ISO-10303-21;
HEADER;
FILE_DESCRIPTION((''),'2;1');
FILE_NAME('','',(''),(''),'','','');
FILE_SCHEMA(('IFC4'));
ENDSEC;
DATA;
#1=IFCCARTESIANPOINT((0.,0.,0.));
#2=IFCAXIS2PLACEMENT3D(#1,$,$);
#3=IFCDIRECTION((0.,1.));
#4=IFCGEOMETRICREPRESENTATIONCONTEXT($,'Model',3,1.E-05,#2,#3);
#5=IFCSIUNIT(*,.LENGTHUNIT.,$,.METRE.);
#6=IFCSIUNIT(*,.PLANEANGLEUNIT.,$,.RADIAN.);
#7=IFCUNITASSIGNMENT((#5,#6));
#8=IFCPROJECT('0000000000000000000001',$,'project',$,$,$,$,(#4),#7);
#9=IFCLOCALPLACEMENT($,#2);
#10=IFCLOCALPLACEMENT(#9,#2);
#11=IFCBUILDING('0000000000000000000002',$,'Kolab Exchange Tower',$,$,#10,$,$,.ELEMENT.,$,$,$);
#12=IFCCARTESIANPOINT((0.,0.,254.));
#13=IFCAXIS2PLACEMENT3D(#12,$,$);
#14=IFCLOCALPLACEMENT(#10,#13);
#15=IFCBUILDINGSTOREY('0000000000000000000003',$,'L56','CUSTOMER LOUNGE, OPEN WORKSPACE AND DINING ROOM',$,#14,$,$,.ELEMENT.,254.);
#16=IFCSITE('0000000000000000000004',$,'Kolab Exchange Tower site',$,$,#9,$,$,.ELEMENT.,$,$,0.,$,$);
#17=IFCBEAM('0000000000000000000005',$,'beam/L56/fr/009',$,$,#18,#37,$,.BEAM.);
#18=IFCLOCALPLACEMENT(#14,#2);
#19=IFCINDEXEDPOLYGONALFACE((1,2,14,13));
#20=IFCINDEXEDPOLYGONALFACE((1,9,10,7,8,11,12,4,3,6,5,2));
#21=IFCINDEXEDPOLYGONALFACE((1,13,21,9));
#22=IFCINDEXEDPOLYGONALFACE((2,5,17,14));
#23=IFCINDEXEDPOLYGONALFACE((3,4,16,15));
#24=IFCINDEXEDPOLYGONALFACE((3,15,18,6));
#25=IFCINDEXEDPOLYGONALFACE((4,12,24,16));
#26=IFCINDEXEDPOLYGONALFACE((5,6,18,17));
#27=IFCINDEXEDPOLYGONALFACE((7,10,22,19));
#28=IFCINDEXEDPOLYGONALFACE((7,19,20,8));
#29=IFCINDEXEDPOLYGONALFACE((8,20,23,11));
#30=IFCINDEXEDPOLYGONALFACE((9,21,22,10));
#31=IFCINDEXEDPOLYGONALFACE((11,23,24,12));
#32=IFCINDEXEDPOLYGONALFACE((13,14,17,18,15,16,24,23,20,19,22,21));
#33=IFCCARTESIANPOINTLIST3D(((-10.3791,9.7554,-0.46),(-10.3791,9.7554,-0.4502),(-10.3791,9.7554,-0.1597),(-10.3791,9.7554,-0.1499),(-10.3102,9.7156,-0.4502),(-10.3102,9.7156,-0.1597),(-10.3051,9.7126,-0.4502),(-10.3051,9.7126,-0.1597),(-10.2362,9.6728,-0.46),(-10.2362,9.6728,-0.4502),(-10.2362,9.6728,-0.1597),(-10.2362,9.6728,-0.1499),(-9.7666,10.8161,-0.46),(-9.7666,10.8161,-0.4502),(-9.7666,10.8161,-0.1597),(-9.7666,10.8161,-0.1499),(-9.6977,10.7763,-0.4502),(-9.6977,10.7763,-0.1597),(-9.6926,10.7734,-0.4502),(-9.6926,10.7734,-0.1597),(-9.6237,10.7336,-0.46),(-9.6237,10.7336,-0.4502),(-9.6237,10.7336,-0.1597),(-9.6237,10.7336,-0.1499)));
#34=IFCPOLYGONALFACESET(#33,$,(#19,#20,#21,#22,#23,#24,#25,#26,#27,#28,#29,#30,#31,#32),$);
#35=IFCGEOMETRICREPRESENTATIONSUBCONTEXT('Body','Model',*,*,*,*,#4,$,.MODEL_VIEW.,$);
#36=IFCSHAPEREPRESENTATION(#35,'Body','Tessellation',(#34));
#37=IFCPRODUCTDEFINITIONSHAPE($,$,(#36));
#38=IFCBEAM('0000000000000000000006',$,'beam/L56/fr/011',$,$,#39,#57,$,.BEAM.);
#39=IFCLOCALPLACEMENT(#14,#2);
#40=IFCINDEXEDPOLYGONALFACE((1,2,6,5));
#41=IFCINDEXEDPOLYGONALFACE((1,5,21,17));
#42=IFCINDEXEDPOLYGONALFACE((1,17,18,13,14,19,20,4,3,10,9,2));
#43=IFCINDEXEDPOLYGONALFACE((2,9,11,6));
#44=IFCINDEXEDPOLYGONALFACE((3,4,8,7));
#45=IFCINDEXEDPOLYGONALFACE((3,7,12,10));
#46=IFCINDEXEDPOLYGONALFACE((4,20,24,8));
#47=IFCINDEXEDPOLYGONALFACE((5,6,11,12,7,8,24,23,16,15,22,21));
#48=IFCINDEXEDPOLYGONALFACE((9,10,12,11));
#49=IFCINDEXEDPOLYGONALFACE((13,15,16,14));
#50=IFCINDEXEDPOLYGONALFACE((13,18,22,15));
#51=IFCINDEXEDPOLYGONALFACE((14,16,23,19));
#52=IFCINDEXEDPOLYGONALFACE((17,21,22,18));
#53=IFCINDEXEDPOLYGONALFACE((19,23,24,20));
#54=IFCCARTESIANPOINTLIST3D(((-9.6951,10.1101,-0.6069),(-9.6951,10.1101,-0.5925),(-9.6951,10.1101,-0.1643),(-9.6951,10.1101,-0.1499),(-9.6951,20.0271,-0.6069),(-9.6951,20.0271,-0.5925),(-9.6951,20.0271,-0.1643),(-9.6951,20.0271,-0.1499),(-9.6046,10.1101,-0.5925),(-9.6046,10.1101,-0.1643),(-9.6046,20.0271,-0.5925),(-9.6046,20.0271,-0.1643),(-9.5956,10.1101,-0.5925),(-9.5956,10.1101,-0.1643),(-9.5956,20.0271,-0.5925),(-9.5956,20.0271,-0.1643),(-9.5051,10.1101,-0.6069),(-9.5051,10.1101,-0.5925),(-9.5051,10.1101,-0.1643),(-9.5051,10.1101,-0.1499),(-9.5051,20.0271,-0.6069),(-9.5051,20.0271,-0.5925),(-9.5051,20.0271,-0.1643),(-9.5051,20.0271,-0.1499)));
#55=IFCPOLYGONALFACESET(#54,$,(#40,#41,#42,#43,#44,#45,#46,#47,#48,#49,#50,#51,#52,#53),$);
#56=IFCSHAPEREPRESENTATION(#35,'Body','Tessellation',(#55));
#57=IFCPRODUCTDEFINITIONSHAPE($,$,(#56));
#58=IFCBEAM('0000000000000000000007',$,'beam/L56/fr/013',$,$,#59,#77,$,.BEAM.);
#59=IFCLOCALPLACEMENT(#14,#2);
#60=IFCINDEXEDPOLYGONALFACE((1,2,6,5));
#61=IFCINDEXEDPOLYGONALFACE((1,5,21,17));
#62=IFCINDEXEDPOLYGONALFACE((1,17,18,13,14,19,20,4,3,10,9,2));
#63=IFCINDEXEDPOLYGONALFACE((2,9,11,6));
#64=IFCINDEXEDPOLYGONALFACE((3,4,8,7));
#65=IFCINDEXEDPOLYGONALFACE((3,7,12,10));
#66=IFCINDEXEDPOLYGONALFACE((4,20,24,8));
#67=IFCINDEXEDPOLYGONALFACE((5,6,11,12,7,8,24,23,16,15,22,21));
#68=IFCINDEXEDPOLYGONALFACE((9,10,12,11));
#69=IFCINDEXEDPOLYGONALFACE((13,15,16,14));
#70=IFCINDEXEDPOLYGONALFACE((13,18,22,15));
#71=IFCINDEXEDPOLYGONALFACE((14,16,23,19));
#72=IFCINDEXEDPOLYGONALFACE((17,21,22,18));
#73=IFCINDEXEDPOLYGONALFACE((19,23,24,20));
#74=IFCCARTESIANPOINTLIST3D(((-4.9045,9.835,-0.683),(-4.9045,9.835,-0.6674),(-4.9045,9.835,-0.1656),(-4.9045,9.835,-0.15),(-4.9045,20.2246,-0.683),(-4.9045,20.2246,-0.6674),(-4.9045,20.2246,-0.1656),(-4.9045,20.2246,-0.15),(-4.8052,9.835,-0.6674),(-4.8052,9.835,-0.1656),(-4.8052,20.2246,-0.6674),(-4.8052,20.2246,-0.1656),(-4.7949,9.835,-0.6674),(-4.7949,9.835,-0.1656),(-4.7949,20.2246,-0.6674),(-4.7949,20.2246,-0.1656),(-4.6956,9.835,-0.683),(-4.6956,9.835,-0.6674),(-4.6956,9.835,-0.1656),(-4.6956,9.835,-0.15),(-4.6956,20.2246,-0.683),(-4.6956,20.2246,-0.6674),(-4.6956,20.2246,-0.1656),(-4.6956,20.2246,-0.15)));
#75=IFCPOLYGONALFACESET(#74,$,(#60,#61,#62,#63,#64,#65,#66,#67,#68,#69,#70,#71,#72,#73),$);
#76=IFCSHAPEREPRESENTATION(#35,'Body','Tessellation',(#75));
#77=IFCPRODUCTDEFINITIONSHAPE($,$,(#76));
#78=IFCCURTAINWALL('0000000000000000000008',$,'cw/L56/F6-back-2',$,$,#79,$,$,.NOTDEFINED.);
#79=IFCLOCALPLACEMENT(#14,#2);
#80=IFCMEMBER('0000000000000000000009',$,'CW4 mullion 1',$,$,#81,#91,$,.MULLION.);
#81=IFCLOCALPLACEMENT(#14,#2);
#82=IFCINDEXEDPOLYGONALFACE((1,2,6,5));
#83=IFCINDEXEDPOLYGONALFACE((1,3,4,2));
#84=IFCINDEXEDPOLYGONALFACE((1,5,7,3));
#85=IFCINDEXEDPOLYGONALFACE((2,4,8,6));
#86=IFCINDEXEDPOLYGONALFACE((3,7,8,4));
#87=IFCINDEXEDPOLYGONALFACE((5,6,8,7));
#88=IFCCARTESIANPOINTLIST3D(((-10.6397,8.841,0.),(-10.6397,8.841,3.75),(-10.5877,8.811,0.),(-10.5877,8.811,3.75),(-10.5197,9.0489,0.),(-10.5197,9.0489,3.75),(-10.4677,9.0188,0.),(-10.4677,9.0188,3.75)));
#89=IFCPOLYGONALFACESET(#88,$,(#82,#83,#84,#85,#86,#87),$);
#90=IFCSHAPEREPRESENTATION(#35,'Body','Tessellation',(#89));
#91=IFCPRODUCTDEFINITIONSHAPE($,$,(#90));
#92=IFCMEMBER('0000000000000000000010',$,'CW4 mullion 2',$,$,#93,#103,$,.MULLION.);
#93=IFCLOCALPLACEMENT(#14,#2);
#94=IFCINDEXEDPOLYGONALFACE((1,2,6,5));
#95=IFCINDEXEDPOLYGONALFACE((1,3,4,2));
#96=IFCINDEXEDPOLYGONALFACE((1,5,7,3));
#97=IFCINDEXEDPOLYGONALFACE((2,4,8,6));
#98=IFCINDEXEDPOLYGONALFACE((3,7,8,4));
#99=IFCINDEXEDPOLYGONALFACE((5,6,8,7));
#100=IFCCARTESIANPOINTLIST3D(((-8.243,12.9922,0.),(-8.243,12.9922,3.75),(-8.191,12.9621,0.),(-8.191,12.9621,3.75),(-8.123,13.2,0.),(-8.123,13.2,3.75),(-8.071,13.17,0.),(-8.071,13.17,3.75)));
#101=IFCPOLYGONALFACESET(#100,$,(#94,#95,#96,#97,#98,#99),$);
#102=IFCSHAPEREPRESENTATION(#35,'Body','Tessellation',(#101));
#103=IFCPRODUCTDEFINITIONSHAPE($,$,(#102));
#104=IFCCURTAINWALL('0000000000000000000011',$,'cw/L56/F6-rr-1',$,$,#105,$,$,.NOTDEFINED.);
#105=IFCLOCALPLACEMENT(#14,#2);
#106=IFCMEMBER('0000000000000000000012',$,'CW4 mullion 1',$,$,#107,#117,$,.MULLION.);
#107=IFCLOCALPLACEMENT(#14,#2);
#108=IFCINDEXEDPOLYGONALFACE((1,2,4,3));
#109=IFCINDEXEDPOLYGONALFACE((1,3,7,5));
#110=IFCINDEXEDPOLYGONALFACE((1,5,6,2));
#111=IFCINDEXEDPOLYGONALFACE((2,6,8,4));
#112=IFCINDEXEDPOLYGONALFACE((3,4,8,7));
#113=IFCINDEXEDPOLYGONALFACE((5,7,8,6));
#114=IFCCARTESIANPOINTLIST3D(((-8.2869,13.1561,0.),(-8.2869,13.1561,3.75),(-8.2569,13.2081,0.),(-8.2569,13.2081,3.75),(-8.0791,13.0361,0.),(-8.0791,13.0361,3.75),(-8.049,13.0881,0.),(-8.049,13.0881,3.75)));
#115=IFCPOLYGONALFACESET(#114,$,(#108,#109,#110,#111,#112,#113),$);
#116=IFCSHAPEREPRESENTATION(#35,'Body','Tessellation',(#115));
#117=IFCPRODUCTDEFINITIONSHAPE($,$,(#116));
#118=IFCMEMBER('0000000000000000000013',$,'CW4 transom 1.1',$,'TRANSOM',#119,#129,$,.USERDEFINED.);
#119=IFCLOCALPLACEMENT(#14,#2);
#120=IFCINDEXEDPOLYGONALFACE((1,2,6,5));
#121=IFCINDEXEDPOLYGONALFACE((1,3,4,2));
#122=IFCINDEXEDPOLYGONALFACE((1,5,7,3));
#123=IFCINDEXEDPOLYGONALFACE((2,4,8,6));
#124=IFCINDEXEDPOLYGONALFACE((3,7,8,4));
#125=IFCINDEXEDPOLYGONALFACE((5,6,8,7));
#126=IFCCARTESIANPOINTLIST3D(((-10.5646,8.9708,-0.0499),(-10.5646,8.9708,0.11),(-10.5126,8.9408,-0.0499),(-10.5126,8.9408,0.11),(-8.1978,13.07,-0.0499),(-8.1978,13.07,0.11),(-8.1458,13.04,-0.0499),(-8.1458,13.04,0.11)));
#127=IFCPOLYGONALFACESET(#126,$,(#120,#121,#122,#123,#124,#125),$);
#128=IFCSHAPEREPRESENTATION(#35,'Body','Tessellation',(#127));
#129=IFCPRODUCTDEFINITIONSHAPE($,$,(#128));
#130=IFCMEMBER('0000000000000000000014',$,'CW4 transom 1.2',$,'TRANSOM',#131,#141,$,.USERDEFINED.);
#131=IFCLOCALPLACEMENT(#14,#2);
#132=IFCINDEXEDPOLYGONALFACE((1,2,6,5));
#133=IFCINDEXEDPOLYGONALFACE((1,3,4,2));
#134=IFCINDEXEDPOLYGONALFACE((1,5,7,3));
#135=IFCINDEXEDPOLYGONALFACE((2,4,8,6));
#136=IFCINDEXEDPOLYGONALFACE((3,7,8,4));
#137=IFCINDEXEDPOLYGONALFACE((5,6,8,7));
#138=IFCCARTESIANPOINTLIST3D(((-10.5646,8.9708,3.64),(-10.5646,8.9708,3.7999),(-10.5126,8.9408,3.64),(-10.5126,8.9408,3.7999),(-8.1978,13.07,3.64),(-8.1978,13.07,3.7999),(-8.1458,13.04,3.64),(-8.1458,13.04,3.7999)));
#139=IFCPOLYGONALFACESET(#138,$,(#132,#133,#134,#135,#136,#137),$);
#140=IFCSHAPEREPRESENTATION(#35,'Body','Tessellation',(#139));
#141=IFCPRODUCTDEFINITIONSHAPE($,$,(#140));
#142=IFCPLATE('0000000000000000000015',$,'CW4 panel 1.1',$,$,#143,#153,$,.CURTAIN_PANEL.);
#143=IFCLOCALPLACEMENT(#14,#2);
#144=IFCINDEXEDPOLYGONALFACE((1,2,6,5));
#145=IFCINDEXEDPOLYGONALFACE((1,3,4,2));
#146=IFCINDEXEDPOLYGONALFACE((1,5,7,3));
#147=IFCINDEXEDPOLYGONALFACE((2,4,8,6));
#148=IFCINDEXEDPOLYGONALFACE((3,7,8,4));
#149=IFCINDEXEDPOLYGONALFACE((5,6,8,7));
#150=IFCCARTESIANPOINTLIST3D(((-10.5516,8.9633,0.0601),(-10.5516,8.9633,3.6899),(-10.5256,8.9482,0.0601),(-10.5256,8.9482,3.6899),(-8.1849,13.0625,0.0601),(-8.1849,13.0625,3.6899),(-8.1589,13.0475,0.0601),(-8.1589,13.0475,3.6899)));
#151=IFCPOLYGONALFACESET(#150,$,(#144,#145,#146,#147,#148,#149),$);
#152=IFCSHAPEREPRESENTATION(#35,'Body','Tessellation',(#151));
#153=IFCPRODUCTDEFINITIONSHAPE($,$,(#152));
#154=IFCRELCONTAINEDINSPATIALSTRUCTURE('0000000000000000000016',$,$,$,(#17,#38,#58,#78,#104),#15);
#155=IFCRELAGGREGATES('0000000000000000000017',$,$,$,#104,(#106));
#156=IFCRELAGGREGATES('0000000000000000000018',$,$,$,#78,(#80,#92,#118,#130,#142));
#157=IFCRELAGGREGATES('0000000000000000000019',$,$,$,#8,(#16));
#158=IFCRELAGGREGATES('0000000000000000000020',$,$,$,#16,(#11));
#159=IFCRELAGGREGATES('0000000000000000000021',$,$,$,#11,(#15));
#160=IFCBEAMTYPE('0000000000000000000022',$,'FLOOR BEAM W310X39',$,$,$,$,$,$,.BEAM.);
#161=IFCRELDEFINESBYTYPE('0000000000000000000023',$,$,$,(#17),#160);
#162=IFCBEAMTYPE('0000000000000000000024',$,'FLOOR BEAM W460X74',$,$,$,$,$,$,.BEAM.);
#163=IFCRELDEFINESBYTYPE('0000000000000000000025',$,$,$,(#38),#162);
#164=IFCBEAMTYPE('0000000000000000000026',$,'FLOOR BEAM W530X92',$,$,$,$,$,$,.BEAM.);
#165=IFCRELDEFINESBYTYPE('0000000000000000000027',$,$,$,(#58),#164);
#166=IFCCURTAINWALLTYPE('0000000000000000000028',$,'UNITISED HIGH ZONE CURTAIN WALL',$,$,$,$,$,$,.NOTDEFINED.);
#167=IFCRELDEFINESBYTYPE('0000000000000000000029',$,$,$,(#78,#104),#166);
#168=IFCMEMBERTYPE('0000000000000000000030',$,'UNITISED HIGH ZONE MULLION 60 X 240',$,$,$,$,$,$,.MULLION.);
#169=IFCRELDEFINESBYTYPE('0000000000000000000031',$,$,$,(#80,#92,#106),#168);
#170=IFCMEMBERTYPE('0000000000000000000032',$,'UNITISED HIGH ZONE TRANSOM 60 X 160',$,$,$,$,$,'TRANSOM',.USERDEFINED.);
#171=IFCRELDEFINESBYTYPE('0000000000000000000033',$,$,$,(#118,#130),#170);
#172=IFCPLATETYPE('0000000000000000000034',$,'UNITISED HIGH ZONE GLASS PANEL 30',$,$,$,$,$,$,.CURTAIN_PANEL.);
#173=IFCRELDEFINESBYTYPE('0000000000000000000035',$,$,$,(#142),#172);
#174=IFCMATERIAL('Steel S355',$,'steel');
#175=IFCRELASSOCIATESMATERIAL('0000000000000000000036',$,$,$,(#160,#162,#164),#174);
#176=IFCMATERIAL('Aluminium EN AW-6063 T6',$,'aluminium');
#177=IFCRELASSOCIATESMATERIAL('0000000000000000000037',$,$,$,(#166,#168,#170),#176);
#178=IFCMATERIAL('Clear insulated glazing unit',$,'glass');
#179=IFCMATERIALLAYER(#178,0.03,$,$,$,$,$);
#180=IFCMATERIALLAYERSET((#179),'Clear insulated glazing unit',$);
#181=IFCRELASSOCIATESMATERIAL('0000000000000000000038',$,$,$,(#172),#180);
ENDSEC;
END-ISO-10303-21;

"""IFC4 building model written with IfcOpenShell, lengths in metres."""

from ifc_helpers import new_model, si_unit, direction, frame, origin, origin_2d, place, context, subcontext, project, spatial, rectangle, i_section, extrude, material, layer, layer_set, material_profile, profile_set, type_object, element, aggregate, save


model = new_model("IFC4")

# Units and contexts
model_context = context("Model", 3, precision=1e-05, world=origin(), true_north=direction((0.0, 1.0)))
body_context = subcontext(model_context, "Body", "Model", "MODEL_VIEW")
ifc_project = project(units=[si_unit("LENGTHUNIT", "METRE"), si_unit("PLANEANGLEUNIT", "RADIAN")], contexts=[model_context])

# Site, building, storey
site_placement = place(None, origin())
site = spatial("IfcSite", under=ifc_project, at=site_placement, Name="Kolab Exchange Tower site", CompositionType="ELEMENT", RefElevation=0.0)
building_placement = place(site_placement, origin())
building = spatial("IfcBuilding", under=site, at=building_placement, Name="Kolab Exchange Tower", CompositionType="ELEMENT")
storey_placement = place(building_placement, frame((0.0, 0.0, 254.0)))
storey = spatial("IfcBuildingStorey", under=building, at=storey_placement, Name="L56", Description="CUSTOMER LOUNGE, OPEN WORKSPACE AND DINING ROOM", CompositionType="ELEMENT", Elevation=254.0)

# Beams
ifc_material_1 = material(Name="Steel S355", Category="steel")
ifc_material_profile_1 = material_profile(ifc_material_1, i_section(OverallWidth=0.165, OverallDepth=0.3101, WebThickness=0.0059, FlangeThickness=0.0098, at=origin_2d()), Name="W310X39")
ifc_profile_set_1 = profile_set([ifc_material_profile_1], Name="Steel S355")
beam_type_1 = type_object("IfcBeamType", Name="FLOOR BEAM W310X39", PredefinedType="BEAM", material=ifc_profile_set_1)
beam_1_placement = place(storey_placement, frame((-10.3076, 9.7141, -0.3049), z_axis=(0.500062, 0.86599, 0.0), x_axis=(-0.86599, 0.500062, 0.0)))
element("IfcBeam", 1, at=beam_1_placement, inside=storey, type_object=beam_type_1, Name="beam/L56/fr/009", PredefinedType="BEAM", context=body_context, shape_type="SweptSolid", body=[
    extrude(i_section(OverallWidth=0.165, OverallDepth=0.3101, WebThickness=0.0059, FlangeThickness=0.0098, at=origin_2d()), origin(), (0.0, 0.0, 1.0), 1.2249),
])
ifc_material_profile_2 = material_profile(ifc_material_1, i_section(OverallWidth=0.1899, OverallDepth=0.457, WebThickness=0.009, FlangeThickness=0.0144, at=origin_2d()), Name="W460X74")
ifc_profile_set_2 = profile_set([ifc_material_profile_2], Name="Steel S355")
beam_type_2 = type_object("IfcBeamType", Name="FLOOR BEAM W460X74", PredefinedType="BEAM", material=ifc_profile_set_2)
beam_2_placement = place(storey_placement, frame((-9.6001, 10.1101, -0.3784), z_axis=(0.0, 1.0, 0.0), x_axis=(-1.0, 0.0, 0.0)))
element("IfcBeam", 2, at=beam_2_placement, inside=storey, type_object=beam_type_2, Name="beam/L56/fr/011", PredefinedType="BEAM", context=body_context, shape_type="SweptSolid", body=[
    extrude(i_section(OverallWidth=0.1899, OverallDepth=0.457, WebThickness=0.009, FlangeThickness=0.0144, at=origin_2d()), origin(), (0.0, 0.0, 1.0), 9.917),
])
ifc_material_profile_3 = material_profile(ifc_material_1, i_section(OverallWidth=0.209, OverallDepth=0.533, WebThickness=0.0103, FlangeThickness=0.0156, at=origin_2d()), Name="W530X92")
ifc_profile_set_3 = profile_set([ifc_material_profile_3], Name="Steel S355")
beam_type_3 = type_object("IfcBeamType", Name="FLOOR BEAM W530X92", PredefinedType="BEAM", material=ifc_profile_set_3)
beam_3_placement = place(storey_placement, frame((-4.8, 9.835, -0.4165), z_axis=(0.0, 1.0, 0.0), x_axis=(-1.0, 0.0, 0.0)))
element("IfcBeam", 3, at=beam_3_placement, inside=storey, type_object=beam_type_3, Name="beam/L56/fr/013", PredefinedType="BEAM", context=body_context, shape_type="SweptSolid", body=[
    extrude(i_section(OverallWidth=0.209, OverallDepth=0.533, WebThickness=0.0103, FlangeThickness=0.0156, at=origin_2d()), origin(), (0.0, 0.0, 1.0), 10.3896),
])

# Curtain wall, members
ifc_material_2 = material(Name="Aluminium EN AW-6063 T6", Category="aluminium")
curtain_wall_type = type_object("IfcCurtainWallType", Name="UNITISED HIGH ZONE CURTAIN WALL", PredefinedType="NOTDEFINED", material=ifc_material_2)
curtain_wall_1_placement = place(storey_placement, origin())
curtain_wall_1 = element("IfcCurtainWall", 4, at=curtain_wall_1_placement, inside=storey, type_object=curtain_wall_type, Name="cw/L56/F6-back-2", PredefinedType="NOTDEFINED")
ifc_material_profile_4 = material_profile(ifc_material_2, rectangle(XDim=0.0601, YDim=0.24, at=origin_2d()), Name="RECT 60X240")
ifc_profile_set_4 = profile_set([ifc_material_profile_4], Name="Aluminium EN AW-6063 T6")
member_type_1 = type_object("IfcMemberType", Name="UNITISED HIGH ZONE MULLION 60 X 240", PredefinedType="MULLION", material=ifc_profile_set_4)
member_1_placement = place(storey_placement, frame((-10.5537, 8.9299, 0.0), z_axis=(0.0, 0.0, 1.0), x_axis=(-0.866025, 0.5, 0.0)))
member_1 = element("IfcMember", 5, at=member_1_placement, type_object=member_type_1, Name="CW4 mullion 1", PredefinedType="MULLION", context=body_context, shape_type="SweptSolid", body=[
    extrude(rectangle(XDim=0.0601, YDim=0.24, at=origin_2d()), origin(), (0.0, 0.0, 1.0), 3.75),
])
member_2_placement = place(storey_placement, frame((-8.157, 13.0811, 0.0), z_axis=(0.0, 0.0, 1.0), x_axis=(-0.866025, 0.5, 0.0)))
member_2 = element("IfcMember", 6, at=member_2_placement, type_object=member_type_1, Name="CW4 mullion 2", PredefinedType="MULLION", context=body_context, shape_type="SweptSolid", body=[
    extrude(rectangle(XDim=0.0601, YDim=0.24, at=origin_2d()), origin(), (0.0, 0.0, 1.0), 3.75),
])

# Curtain wall, member
curtain_wall_2_placement = place(storey_placement, origin())
curtain_wall_2 = element("IfcCurtainWall", 7, at=curtain_wall_2_placement, inside=storey, type_object=curtain_wall_type, Name="cw/L56/F6-rr-1", PredefinedType="NOTDEFINED")
member_3_placement = place(storey_placement, frame((-8.168, 13.1221, 0.0), z_axis=(0.0, 0.0, 1.0), x_axis=(-0.5, -0.866025, 0.0)))
member_3 = element("IfcMember", 8, at=member_3_placement, type_object=member_type_1, Name="CW4 mullion 1", PredefinedType="MULLION", context=body_context, shape_type="SweptSolid", body=[
    extrude(rectangle(XDim=0.0601, YDim=0.24, at=origin_2d()), origin(), (0.0, 0.0, 1.0), 3.75),
])
aggregate(curtain_wall_2, [member_3])

# Members
ifc_material_profile_5 = material_profile(ifc_material_2, rectangle(XDim=0.0601, YDim=0.1599, at=origin_2d()), Name="RECT 60X160")
ifc_profile_set_5 = profile_set([ifc_material_profile_5], Name="Aluminium EN AW-6063 T6")
member_type_2 = type_object("IfcMemberType", Name="UNITISED HIGH ZONE TRANSOM 60 X 160", ElementType="TRANSOM", PredefinedType="USERDEFINED", material=ifc_profile_set_5)
member_4_placement = place(storey_placement, frame((-10.5386, 8.9558, 0.03), z_axis=(0.500011, 0.866019, 0.0), x_axis=(-0.866019, 0.500011, 0.0)))
member_4 = element("IfcMember", 9, at=member_4_placement, type_object=member_type_2, Name="CW4 transom 1.1", ObjectType="TRANSOM", PredefinedType="USERDEFINED", context=body_context, shape_type="SweptSolid", body=[
    extrude(rectangle(XDim=0.0601, YDim=0.1599, at=origin_2d()), origin(), (0.0, 0.0, 1.0), 4.7334),
])
member_5_placement = place(storey_placement, frame((-10.5386, 8.9558, 3.72), z_axis=(0.500011, 0.866019, 0.0), x_axis=(-0.866019, 0.500011, 0.0)))
member_5 = element("IfcMember", 10, at=member_5_placement, type_object=member_type_2, Name="CW4 transom 1.2", ObjectType="TRANSOM", PredefinedType="USERDEFINED", context=body_context, shape_type="SweptSolid", body=[
    extrude(rectangle(XDim=0.0601, YDim=0.1599, at=origin_2d()), origin(), (0.0, 0.0, 1.0), 4.7334),
])

# Plate
ifc_material_3 = material(Name="Clear insulated glazing unit", Category="glass")
ifc_layer_1 = layer(ifc_material_3, 0.03)
ifc_layer_set_1 = layer_set([ifc_layer_1], Name="Clear insulated glazing unit")
plate_type = type_object("IfcPlateType", Name="UNITISED HIGH ZONE GLASS PANEL 30", PredefinedType="CURTAIN_PANEL", material=ifc_layer_set_1)
plate_placement = place(storey_placement, frame((-9.3552, 11.0054, 0.0601), z_axis=(0.0, 0.0, 1.0), x_axis=(0.5, 0.866025, 0.0)))
plate = element("IfcPlate", 11, at=plate_placement, type_object=plate_type, Name="CW4 panel 1.1", PredefinedType="CURTAIN_PANEL", context=body_context, shape_type="SweptSolid", body=[
    extrude(rectangle(XDim=4.7334, YDim=0.03, at=origin_2d()), origin(), (0.0, 0.0, 1.0), 3.6299),
])
aggregate(curtain_wall_1, [member_1, member_2, member_4, member_5, plate])

save(model, "model.ifc")
